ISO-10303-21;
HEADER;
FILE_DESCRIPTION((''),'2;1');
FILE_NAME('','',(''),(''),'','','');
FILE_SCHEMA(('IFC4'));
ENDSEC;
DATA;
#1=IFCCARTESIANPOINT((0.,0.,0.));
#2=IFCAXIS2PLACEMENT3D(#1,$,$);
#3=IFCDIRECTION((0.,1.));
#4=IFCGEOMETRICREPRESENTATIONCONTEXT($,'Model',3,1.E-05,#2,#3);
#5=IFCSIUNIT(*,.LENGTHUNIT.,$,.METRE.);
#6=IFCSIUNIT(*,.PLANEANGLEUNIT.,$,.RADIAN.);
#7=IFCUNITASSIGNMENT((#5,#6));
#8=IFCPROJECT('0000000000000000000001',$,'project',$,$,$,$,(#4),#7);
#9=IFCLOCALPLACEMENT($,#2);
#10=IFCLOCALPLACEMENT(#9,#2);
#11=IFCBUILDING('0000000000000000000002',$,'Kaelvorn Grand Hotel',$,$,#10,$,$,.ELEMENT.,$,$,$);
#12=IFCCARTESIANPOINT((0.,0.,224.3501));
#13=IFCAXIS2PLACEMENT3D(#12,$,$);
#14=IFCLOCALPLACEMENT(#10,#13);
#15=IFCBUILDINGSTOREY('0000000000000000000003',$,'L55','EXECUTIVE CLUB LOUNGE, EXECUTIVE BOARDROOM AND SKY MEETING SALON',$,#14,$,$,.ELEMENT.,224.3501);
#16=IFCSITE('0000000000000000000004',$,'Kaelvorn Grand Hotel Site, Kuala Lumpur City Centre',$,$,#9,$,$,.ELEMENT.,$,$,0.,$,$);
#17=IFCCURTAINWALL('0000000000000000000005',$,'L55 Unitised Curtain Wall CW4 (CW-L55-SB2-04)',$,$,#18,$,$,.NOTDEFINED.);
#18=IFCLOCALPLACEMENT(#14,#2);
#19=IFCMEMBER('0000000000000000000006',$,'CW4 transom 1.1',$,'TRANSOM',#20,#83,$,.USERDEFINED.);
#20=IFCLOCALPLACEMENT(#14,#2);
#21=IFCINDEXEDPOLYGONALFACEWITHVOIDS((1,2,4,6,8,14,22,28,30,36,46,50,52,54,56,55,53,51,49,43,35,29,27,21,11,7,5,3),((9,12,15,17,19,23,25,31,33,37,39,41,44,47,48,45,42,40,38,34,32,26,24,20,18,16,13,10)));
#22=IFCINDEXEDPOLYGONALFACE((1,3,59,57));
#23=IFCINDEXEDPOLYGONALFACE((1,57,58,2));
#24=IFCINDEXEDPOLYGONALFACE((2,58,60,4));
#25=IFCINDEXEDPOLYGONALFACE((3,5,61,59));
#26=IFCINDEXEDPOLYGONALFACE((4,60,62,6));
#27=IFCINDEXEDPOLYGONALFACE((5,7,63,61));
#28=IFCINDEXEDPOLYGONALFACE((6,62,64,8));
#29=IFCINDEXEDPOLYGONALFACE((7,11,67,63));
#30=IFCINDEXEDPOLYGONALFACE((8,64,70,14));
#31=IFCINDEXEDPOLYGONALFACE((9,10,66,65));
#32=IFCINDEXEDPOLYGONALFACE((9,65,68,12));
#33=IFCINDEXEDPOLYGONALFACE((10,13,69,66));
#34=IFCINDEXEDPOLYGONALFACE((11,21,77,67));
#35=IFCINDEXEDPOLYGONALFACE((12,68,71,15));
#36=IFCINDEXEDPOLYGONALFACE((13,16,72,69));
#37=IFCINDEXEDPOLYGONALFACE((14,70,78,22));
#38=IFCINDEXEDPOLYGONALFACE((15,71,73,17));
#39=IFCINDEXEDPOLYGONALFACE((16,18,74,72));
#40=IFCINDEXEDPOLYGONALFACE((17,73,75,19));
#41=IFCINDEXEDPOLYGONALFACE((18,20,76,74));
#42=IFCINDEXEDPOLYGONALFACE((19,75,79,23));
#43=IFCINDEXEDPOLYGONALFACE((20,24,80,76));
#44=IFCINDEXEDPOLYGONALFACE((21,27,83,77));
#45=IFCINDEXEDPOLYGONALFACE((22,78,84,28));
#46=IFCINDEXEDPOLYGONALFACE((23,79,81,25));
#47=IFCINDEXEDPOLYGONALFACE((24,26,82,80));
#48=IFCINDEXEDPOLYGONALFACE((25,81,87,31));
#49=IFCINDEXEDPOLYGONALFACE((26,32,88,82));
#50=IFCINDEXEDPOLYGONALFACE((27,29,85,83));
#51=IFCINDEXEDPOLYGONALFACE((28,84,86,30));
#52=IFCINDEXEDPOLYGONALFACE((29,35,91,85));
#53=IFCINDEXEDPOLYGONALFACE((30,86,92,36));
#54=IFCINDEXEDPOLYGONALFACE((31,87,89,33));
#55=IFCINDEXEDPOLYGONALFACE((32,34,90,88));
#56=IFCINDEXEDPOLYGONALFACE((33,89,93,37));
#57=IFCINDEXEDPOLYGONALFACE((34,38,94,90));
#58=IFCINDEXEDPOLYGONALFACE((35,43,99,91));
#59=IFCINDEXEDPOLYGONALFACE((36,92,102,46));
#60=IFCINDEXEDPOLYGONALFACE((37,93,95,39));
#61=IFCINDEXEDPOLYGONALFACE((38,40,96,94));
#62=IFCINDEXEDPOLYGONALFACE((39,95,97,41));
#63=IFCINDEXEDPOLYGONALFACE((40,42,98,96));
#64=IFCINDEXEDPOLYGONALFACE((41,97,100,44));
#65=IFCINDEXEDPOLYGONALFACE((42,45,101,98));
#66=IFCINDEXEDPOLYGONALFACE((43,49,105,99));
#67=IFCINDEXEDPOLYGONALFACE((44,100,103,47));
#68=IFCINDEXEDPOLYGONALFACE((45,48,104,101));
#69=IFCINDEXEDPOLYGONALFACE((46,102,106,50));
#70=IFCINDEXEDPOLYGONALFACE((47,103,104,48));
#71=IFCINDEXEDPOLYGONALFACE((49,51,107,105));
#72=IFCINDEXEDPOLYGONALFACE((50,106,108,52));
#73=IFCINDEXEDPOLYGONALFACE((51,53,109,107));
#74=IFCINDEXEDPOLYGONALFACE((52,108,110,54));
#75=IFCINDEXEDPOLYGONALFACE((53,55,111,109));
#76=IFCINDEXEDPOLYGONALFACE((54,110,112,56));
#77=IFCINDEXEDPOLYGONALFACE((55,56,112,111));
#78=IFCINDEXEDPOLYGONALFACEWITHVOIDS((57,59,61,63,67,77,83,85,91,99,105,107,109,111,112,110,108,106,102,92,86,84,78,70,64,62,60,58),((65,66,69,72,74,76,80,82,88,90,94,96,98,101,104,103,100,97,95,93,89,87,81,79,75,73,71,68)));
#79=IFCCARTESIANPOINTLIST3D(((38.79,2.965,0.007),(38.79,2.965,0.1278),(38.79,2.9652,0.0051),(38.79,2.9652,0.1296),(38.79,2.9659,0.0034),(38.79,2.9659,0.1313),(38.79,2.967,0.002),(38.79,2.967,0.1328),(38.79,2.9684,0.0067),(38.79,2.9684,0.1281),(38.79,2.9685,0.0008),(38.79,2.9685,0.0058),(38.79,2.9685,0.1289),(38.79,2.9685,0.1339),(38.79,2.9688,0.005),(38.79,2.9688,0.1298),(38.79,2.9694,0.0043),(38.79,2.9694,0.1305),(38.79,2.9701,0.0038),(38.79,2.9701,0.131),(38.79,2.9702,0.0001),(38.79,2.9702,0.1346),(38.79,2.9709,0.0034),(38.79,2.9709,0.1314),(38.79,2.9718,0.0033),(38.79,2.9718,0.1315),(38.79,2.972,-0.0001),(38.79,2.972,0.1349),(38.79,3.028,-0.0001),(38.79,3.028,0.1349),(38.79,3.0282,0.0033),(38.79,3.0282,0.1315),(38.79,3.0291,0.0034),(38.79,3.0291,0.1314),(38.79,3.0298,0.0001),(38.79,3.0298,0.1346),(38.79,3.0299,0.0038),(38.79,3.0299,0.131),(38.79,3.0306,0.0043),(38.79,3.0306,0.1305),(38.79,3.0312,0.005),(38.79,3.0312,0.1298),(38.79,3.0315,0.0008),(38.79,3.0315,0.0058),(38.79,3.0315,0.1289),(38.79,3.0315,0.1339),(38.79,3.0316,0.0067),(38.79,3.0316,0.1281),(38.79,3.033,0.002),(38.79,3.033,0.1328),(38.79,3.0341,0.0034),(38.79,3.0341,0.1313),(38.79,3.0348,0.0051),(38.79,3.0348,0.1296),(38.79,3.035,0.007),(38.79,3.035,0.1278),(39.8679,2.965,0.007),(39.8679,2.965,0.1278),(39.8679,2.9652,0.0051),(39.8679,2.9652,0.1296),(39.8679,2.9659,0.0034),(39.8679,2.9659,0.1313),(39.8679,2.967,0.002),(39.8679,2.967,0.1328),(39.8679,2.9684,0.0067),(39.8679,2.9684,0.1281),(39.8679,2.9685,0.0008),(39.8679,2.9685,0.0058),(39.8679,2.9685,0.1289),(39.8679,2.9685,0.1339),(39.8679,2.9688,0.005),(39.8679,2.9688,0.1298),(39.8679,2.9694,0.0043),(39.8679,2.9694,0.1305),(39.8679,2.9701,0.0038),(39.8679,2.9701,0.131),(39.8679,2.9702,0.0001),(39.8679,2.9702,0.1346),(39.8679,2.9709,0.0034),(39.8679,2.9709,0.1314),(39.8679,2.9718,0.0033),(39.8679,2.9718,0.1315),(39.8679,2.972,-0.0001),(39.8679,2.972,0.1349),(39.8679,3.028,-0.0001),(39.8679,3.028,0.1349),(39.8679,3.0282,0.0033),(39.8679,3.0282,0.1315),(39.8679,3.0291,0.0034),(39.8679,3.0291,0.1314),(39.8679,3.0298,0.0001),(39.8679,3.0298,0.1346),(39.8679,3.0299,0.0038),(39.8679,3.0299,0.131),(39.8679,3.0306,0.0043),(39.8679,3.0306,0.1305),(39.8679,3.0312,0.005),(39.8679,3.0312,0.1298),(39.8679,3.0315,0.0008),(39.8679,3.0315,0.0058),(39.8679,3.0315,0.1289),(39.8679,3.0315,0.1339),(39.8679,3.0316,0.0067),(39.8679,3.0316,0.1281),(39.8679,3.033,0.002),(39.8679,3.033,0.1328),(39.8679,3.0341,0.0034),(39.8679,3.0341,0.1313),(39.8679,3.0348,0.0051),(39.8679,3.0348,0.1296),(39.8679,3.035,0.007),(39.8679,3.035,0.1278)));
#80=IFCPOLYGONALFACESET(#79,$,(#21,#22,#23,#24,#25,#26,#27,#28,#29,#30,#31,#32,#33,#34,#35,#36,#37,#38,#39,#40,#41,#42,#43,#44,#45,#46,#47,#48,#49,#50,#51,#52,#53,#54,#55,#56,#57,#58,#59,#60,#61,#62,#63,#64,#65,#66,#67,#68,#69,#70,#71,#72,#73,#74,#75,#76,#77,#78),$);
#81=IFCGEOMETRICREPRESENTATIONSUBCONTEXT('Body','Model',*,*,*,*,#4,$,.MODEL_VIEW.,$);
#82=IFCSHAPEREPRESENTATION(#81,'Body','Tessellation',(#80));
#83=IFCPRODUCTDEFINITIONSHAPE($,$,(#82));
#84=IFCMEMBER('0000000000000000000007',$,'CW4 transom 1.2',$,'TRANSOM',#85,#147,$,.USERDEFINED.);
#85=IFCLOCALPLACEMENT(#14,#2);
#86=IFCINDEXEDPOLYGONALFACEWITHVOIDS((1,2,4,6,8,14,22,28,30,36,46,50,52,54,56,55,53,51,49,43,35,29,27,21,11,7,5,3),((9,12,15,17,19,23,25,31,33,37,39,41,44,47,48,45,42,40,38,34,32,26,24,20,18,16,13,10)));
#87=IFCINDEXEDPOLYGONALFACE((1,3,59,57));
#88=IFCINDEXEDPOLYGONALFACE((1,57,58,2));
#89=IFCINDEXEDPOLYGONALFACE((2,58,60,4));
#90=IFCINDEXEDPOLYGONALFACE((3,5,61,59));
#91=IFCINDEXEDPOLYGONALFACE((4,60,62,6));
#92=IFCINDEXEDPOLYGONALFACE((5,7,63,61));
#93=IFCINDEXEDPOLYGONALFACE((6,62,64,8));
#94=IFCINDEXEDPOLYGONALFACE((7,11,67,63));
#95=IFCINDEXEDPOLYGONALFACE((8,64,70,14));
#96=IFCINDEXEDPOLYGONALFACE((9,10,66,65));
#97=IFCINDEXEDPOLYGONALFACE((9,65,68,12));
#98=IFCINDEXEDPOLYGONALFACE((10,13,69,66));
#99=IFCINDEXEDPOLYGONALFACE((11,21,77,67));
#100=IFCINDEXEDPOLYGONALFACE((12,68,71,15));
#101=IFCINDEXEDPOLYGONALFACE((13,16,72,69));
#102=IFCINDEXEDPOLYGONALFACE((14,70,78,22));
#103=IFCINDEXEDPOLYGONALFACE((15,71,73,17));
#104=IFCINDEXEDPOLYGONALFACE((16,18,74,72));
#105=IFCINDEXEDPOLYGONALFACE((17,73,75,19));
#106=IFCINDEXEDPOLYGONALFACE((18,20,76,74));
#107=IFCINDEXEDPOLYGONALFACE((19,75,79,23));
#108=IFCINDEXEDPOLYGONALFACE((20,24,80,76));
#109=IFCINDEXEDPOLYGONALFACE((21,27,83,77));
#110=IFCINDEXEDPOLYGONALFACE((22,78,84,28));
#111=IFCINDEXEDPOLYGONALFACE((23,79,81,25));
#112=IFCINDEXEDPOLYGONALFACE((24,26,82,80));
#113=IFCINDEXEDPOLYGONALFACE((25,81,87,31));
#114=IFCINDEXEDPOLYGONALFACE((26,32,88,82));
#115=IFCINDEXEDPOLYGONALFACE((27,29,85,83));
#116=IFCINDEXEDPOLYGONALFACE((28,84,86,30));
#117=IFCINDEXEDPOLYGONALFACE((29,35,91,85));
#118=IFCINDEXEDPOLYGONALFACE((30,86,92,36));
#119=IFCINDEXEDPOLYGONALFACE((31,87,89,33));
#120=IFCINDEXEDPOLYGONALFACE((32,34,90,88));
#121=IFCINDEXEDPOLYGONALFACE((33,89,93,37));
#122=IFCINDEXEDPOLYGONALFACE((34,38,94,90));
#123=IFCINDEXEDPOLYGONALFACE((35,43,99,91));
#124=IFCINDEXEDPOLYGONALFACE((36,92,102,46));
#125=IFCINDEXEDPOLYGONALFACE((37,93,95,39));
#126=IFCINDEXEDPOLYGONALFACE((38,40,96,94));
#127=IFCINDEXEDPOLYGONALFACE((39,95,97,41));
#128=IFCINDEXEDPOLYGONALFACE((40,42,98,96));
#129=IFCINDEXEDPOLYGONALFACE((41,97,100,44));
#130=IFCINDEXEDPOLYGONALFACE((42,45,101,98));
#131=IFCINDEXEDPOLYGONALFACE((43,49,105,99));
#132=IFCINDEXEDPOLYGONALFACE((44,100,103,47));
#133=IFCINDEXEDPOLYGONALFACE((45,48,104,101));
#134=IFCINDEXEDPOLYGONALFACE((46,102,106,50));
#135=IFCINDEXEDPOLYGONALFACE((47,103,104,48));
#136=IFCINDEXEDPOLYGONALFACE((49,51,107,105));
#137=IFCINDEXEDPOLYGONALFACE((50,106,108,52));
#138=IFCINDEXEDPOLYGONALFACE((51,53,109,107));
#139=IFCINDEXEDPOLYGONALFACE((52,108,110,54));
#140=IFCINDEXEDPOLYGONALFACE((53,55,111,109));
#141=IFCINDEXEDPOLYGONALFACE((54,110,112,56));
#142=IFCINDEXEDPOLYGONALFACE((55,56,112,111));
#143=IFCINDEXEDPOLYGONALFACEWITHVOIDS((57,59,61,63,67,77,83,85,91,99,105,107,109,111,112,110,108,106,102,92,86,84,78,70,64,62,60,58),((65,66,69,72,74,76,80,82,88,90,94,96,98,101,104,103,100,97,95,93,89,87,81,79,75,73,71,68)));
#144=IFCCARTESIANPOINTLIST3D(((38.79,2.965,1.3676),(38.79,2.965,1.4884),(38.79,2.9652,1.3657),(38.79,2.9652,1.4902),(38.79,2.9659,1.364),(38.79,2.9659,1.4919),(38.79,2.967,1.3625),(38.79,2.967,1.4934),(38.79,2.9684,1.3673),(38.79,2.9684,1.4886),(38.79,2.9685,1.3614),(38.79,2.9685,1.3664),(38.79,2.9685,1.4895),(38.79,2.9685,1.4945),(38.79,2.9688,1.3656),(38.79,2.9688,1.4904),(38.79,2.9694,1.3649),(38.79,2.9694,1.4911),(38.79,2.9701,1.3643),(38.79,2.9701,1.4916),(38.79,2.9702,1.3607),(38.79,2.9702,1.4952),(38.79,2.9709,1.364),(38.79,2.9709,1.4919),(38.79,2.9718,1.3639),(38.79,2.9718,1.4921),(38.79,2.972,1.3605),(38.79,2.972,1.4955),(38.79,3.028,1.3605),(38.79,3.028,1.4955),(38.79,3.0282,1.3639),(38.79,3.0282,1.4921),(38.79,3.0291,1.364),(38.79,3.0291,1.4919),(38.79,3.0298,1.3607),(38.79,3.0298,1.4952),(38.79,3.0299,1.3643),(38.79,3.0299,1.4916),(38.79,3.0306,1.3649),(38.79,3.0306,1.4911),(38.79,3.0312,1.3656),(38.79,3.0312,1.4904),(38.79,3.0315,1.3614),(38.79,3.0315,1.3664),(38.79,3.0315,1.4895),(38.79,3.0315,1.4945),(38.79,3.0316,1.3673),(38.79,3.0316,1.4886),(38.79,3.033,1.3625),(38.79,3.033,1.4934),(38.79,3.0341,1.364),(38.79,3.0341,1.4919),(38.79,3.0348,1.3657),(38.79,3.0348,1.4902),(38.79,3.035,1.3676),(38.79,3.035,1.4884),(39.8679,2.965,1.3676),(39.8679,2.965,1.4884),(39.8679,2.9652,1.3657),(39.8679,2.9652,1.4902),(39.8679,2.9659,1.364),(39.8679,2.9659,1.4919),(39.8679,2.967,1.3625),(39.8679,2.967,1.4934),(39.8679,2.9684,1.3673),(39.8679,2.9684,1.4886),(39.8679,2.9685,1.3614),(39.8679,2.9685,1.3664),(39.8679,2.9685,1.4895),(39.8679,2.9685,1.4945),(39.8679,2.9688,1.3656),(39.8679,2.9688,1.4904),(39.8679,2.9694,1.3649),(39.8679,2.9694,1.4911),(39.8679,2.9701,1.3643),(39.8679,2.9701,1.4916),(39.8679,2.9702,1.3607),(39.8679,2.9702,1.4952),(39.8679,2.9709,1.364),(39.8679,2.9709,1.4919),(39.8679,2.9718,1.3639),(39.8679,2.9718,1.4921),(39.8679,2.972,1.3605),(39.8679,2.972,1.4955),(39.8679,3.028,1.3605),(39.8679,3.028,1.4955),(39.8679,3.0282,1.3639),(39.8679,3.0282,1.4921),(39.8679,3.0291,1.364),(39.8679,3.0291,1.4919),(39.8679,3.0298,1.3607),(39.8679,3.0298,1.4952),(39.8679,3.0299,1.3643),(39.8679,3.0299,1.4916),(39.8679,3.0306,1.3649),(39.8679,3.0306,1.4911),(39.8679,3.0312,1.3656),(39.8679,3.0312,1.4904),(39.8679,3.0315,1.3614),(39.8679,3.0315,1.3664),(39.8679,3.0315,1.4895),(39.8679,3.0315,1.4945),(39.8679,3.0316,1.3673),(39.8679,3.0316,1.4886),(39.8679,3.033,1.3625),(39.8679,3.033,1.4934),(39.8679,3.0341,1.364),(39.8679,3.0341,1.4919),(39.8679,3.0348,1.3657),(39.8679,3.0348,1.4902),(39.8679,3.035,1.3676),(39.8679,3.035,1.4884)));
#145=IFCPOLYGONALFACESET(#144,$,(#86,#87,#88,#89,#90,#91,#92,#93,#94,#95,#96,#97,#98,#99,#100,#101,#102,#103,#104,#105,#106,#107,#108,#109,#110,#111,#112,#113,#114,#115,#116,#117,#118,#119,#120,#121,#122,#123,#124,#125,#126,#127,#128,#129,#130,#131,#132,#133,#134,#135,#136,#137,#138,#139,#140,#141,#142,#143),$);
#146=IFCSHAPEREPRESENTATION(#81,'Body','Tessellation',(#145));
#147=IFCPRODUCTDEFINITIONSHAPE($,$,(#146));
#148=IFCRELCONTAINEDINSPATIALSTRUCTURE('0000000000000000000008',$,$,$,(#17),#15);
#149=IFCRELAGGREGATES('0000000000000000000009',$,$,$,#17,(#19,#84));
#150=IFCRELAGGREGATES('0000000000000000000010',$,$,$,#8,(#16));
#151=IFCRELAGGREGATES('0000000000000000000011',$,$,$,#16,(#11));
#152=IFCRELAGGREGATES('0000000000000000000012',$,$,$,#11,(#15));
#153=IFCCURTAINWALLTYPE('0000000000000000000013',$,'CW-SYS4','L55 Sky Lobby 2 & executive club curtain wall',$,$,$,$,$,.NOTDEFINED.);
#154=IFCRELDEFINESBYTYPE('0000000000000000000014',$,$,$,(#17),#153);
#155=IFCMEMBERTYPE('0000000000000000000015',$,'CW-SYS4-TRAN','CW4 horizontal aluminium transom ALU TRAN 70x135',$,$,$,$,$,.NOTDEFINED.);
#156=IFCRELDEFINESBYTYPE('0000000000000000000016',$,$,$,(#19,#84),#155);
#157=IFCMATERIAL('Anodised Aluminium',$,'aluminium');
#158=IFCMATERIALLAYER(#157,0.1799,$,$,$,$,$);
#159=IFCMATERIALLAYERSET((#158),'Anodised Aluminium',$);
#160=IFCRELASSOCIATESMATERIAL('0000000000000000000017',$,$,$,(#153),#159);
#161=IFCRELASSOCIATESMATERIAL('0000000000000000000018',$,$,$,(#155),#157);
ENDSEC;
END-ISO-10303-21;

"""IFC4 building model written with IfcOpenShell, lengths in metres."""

from ifc_helpers import new_model, si_unit, direction, frame, origin, origin_2d, place, context, subcontext, project, spatial, hollow_rectangle, extrude, material, layer, layer_set, material_profile, profile_set, type_object, element, aggregate, save


model = new_model("IFC4")

# Units and contexts
model_context = context("Model", 3, precision=1e-05, world=origin(), true_north=direction((0.0, 1.0)))
body_context = subcontext(model_context, "Body", "Model", "MODEL_VIEW")
ifc_project = project(units=[si_unit("LENGTHUNIT", "METRE"), si_unit("PLANEANGLEUNIT", "RADIAN")], contexts=[model_context])

# Site, building, storey
site_placement = place(None, origin())
site = spatial("IfcSite", under=ifc_project, at=site_placement, Name="Kaelvorn Grand Hotel Site, Kuala Lumpur City Centre", CompositionType="ELEMENT", RefElevation=0.0)
building_placement = place(site_placement, origin())
building = spatial("IfcBuilding", under=site, at=building_placement, Name="Kaelvorn Grand Hotel", CompositionType="ELEMENT")
storey_placement = place(building_placement, frame((0.0, 0.0, 224.3501)))
storey = spatial("IfcBuildingStorey", under=building, at=storey_placement, Name="L55", Description="EXECUTIVE CLUB LOUNGE, EXECUTIVE BOARDROOM AND SKY MEETING SALON", CompositionType="ELEMENT", Elevation=224.3501)

# Curtain wall, members
ifc_material_1 = material(Name="Anodised Aluminium", Category="aluminium")
ifc_layer_1 = layer(ifc_material_1, 0.1799)
ifc_layer_set_1 = layer_set([ifc_layer_1], Name="Anodised Aluminium")
curtain_wall_type = type_object("IfcCurtainWallType", Name="CW-SYS4", Description="L55 Sky Lobby 2 & executive club curtain wall", PredefinedType="NOTDEFINED", material=ifc_layer_set_1)
curtain_wall_placement = place(storey_placement, origin())
curtain_wall = element("IfcCurtainWall", 1, at=curtain_wall_placement, inside=storey, type_object=curtain_wall_type, Name="L55 Unitised Curtain Wall CW4 (CW-L55-SB2-04)", PredefinedType="NOTDEFINED")
ifc_material_profile_1 = material_profile(ifc_material_1, hollow_rectangle(XDim=0.0701, YDim=0.135, WallThickness=0.0034, InnerFilletRadius=0.0034, OuterFilletRadius=0.0071, at=origin_2d()), Name="ALU TRAN 70x135")
ifc_profile_set_1 = profile_set([ifc_material_profile_1], Name="Anodised Aluminium")
member_type_1 = type_object("IfcMemberType", Name="CW-SYS4-TRAN", Description="CW4 horizontal aluminium transom ALU TRAN 70x135", PredefinedType="NOTDEFINED", material=ifc_profile_set_1)
member_1_placement = place(storey_placement, frame((38.79, 3.0, 0.0674), z_axis=(1.0, 0.0, 0.0), x_axis=(0.0, 1.0, 0.0)))
member_1 = element("IfcMember", 2, at=member_1_placement, type_object=member_type_1, Name="CW4 transom 1.1", ObjectType="TRANSOM", PredefinedType="USERDEFINED", context=body_context, shape_type="SweptSolid", body=[
    extrude(hollow_rectangle(XDim=0.0701, YDim=0.135, WallThickness=0.0034, InnerFilletRadius=0.0034, OuterFilletRadius=0.0071, at=origin_2d()), origin(), (0.0, 0.0, 1.0), 1.0779),
])
member_2_placement = place(storey_placement, frame((38.79, 3.0, 1.428), z_axis=(1.0, 0.0, 0.0), x_axis=(0.0, 1.0, 0.0)))
member_2 = element("IfcMember", 3, at=member_2_placement, type_object=member_type_1, Name="CW4 transom 1.2", ObjectType="TRANSOM", PredefinedType="USERDEFINED", context=body_context, shape_type="SweptSolid", body=[
    extrude(hollow_rectangle(XDim=0.0701, YDim=0.135, WallThickness=0.0034, InnerFilletRadius=0.0034, OuterFilletRadius=0.0071, at=origin_2d()), origin(), (0.0, 0.0, 1.0), 1.0779),
])
aggregate(curtain_wall, [member_1, member_2])

save(model, "model.ifc")
